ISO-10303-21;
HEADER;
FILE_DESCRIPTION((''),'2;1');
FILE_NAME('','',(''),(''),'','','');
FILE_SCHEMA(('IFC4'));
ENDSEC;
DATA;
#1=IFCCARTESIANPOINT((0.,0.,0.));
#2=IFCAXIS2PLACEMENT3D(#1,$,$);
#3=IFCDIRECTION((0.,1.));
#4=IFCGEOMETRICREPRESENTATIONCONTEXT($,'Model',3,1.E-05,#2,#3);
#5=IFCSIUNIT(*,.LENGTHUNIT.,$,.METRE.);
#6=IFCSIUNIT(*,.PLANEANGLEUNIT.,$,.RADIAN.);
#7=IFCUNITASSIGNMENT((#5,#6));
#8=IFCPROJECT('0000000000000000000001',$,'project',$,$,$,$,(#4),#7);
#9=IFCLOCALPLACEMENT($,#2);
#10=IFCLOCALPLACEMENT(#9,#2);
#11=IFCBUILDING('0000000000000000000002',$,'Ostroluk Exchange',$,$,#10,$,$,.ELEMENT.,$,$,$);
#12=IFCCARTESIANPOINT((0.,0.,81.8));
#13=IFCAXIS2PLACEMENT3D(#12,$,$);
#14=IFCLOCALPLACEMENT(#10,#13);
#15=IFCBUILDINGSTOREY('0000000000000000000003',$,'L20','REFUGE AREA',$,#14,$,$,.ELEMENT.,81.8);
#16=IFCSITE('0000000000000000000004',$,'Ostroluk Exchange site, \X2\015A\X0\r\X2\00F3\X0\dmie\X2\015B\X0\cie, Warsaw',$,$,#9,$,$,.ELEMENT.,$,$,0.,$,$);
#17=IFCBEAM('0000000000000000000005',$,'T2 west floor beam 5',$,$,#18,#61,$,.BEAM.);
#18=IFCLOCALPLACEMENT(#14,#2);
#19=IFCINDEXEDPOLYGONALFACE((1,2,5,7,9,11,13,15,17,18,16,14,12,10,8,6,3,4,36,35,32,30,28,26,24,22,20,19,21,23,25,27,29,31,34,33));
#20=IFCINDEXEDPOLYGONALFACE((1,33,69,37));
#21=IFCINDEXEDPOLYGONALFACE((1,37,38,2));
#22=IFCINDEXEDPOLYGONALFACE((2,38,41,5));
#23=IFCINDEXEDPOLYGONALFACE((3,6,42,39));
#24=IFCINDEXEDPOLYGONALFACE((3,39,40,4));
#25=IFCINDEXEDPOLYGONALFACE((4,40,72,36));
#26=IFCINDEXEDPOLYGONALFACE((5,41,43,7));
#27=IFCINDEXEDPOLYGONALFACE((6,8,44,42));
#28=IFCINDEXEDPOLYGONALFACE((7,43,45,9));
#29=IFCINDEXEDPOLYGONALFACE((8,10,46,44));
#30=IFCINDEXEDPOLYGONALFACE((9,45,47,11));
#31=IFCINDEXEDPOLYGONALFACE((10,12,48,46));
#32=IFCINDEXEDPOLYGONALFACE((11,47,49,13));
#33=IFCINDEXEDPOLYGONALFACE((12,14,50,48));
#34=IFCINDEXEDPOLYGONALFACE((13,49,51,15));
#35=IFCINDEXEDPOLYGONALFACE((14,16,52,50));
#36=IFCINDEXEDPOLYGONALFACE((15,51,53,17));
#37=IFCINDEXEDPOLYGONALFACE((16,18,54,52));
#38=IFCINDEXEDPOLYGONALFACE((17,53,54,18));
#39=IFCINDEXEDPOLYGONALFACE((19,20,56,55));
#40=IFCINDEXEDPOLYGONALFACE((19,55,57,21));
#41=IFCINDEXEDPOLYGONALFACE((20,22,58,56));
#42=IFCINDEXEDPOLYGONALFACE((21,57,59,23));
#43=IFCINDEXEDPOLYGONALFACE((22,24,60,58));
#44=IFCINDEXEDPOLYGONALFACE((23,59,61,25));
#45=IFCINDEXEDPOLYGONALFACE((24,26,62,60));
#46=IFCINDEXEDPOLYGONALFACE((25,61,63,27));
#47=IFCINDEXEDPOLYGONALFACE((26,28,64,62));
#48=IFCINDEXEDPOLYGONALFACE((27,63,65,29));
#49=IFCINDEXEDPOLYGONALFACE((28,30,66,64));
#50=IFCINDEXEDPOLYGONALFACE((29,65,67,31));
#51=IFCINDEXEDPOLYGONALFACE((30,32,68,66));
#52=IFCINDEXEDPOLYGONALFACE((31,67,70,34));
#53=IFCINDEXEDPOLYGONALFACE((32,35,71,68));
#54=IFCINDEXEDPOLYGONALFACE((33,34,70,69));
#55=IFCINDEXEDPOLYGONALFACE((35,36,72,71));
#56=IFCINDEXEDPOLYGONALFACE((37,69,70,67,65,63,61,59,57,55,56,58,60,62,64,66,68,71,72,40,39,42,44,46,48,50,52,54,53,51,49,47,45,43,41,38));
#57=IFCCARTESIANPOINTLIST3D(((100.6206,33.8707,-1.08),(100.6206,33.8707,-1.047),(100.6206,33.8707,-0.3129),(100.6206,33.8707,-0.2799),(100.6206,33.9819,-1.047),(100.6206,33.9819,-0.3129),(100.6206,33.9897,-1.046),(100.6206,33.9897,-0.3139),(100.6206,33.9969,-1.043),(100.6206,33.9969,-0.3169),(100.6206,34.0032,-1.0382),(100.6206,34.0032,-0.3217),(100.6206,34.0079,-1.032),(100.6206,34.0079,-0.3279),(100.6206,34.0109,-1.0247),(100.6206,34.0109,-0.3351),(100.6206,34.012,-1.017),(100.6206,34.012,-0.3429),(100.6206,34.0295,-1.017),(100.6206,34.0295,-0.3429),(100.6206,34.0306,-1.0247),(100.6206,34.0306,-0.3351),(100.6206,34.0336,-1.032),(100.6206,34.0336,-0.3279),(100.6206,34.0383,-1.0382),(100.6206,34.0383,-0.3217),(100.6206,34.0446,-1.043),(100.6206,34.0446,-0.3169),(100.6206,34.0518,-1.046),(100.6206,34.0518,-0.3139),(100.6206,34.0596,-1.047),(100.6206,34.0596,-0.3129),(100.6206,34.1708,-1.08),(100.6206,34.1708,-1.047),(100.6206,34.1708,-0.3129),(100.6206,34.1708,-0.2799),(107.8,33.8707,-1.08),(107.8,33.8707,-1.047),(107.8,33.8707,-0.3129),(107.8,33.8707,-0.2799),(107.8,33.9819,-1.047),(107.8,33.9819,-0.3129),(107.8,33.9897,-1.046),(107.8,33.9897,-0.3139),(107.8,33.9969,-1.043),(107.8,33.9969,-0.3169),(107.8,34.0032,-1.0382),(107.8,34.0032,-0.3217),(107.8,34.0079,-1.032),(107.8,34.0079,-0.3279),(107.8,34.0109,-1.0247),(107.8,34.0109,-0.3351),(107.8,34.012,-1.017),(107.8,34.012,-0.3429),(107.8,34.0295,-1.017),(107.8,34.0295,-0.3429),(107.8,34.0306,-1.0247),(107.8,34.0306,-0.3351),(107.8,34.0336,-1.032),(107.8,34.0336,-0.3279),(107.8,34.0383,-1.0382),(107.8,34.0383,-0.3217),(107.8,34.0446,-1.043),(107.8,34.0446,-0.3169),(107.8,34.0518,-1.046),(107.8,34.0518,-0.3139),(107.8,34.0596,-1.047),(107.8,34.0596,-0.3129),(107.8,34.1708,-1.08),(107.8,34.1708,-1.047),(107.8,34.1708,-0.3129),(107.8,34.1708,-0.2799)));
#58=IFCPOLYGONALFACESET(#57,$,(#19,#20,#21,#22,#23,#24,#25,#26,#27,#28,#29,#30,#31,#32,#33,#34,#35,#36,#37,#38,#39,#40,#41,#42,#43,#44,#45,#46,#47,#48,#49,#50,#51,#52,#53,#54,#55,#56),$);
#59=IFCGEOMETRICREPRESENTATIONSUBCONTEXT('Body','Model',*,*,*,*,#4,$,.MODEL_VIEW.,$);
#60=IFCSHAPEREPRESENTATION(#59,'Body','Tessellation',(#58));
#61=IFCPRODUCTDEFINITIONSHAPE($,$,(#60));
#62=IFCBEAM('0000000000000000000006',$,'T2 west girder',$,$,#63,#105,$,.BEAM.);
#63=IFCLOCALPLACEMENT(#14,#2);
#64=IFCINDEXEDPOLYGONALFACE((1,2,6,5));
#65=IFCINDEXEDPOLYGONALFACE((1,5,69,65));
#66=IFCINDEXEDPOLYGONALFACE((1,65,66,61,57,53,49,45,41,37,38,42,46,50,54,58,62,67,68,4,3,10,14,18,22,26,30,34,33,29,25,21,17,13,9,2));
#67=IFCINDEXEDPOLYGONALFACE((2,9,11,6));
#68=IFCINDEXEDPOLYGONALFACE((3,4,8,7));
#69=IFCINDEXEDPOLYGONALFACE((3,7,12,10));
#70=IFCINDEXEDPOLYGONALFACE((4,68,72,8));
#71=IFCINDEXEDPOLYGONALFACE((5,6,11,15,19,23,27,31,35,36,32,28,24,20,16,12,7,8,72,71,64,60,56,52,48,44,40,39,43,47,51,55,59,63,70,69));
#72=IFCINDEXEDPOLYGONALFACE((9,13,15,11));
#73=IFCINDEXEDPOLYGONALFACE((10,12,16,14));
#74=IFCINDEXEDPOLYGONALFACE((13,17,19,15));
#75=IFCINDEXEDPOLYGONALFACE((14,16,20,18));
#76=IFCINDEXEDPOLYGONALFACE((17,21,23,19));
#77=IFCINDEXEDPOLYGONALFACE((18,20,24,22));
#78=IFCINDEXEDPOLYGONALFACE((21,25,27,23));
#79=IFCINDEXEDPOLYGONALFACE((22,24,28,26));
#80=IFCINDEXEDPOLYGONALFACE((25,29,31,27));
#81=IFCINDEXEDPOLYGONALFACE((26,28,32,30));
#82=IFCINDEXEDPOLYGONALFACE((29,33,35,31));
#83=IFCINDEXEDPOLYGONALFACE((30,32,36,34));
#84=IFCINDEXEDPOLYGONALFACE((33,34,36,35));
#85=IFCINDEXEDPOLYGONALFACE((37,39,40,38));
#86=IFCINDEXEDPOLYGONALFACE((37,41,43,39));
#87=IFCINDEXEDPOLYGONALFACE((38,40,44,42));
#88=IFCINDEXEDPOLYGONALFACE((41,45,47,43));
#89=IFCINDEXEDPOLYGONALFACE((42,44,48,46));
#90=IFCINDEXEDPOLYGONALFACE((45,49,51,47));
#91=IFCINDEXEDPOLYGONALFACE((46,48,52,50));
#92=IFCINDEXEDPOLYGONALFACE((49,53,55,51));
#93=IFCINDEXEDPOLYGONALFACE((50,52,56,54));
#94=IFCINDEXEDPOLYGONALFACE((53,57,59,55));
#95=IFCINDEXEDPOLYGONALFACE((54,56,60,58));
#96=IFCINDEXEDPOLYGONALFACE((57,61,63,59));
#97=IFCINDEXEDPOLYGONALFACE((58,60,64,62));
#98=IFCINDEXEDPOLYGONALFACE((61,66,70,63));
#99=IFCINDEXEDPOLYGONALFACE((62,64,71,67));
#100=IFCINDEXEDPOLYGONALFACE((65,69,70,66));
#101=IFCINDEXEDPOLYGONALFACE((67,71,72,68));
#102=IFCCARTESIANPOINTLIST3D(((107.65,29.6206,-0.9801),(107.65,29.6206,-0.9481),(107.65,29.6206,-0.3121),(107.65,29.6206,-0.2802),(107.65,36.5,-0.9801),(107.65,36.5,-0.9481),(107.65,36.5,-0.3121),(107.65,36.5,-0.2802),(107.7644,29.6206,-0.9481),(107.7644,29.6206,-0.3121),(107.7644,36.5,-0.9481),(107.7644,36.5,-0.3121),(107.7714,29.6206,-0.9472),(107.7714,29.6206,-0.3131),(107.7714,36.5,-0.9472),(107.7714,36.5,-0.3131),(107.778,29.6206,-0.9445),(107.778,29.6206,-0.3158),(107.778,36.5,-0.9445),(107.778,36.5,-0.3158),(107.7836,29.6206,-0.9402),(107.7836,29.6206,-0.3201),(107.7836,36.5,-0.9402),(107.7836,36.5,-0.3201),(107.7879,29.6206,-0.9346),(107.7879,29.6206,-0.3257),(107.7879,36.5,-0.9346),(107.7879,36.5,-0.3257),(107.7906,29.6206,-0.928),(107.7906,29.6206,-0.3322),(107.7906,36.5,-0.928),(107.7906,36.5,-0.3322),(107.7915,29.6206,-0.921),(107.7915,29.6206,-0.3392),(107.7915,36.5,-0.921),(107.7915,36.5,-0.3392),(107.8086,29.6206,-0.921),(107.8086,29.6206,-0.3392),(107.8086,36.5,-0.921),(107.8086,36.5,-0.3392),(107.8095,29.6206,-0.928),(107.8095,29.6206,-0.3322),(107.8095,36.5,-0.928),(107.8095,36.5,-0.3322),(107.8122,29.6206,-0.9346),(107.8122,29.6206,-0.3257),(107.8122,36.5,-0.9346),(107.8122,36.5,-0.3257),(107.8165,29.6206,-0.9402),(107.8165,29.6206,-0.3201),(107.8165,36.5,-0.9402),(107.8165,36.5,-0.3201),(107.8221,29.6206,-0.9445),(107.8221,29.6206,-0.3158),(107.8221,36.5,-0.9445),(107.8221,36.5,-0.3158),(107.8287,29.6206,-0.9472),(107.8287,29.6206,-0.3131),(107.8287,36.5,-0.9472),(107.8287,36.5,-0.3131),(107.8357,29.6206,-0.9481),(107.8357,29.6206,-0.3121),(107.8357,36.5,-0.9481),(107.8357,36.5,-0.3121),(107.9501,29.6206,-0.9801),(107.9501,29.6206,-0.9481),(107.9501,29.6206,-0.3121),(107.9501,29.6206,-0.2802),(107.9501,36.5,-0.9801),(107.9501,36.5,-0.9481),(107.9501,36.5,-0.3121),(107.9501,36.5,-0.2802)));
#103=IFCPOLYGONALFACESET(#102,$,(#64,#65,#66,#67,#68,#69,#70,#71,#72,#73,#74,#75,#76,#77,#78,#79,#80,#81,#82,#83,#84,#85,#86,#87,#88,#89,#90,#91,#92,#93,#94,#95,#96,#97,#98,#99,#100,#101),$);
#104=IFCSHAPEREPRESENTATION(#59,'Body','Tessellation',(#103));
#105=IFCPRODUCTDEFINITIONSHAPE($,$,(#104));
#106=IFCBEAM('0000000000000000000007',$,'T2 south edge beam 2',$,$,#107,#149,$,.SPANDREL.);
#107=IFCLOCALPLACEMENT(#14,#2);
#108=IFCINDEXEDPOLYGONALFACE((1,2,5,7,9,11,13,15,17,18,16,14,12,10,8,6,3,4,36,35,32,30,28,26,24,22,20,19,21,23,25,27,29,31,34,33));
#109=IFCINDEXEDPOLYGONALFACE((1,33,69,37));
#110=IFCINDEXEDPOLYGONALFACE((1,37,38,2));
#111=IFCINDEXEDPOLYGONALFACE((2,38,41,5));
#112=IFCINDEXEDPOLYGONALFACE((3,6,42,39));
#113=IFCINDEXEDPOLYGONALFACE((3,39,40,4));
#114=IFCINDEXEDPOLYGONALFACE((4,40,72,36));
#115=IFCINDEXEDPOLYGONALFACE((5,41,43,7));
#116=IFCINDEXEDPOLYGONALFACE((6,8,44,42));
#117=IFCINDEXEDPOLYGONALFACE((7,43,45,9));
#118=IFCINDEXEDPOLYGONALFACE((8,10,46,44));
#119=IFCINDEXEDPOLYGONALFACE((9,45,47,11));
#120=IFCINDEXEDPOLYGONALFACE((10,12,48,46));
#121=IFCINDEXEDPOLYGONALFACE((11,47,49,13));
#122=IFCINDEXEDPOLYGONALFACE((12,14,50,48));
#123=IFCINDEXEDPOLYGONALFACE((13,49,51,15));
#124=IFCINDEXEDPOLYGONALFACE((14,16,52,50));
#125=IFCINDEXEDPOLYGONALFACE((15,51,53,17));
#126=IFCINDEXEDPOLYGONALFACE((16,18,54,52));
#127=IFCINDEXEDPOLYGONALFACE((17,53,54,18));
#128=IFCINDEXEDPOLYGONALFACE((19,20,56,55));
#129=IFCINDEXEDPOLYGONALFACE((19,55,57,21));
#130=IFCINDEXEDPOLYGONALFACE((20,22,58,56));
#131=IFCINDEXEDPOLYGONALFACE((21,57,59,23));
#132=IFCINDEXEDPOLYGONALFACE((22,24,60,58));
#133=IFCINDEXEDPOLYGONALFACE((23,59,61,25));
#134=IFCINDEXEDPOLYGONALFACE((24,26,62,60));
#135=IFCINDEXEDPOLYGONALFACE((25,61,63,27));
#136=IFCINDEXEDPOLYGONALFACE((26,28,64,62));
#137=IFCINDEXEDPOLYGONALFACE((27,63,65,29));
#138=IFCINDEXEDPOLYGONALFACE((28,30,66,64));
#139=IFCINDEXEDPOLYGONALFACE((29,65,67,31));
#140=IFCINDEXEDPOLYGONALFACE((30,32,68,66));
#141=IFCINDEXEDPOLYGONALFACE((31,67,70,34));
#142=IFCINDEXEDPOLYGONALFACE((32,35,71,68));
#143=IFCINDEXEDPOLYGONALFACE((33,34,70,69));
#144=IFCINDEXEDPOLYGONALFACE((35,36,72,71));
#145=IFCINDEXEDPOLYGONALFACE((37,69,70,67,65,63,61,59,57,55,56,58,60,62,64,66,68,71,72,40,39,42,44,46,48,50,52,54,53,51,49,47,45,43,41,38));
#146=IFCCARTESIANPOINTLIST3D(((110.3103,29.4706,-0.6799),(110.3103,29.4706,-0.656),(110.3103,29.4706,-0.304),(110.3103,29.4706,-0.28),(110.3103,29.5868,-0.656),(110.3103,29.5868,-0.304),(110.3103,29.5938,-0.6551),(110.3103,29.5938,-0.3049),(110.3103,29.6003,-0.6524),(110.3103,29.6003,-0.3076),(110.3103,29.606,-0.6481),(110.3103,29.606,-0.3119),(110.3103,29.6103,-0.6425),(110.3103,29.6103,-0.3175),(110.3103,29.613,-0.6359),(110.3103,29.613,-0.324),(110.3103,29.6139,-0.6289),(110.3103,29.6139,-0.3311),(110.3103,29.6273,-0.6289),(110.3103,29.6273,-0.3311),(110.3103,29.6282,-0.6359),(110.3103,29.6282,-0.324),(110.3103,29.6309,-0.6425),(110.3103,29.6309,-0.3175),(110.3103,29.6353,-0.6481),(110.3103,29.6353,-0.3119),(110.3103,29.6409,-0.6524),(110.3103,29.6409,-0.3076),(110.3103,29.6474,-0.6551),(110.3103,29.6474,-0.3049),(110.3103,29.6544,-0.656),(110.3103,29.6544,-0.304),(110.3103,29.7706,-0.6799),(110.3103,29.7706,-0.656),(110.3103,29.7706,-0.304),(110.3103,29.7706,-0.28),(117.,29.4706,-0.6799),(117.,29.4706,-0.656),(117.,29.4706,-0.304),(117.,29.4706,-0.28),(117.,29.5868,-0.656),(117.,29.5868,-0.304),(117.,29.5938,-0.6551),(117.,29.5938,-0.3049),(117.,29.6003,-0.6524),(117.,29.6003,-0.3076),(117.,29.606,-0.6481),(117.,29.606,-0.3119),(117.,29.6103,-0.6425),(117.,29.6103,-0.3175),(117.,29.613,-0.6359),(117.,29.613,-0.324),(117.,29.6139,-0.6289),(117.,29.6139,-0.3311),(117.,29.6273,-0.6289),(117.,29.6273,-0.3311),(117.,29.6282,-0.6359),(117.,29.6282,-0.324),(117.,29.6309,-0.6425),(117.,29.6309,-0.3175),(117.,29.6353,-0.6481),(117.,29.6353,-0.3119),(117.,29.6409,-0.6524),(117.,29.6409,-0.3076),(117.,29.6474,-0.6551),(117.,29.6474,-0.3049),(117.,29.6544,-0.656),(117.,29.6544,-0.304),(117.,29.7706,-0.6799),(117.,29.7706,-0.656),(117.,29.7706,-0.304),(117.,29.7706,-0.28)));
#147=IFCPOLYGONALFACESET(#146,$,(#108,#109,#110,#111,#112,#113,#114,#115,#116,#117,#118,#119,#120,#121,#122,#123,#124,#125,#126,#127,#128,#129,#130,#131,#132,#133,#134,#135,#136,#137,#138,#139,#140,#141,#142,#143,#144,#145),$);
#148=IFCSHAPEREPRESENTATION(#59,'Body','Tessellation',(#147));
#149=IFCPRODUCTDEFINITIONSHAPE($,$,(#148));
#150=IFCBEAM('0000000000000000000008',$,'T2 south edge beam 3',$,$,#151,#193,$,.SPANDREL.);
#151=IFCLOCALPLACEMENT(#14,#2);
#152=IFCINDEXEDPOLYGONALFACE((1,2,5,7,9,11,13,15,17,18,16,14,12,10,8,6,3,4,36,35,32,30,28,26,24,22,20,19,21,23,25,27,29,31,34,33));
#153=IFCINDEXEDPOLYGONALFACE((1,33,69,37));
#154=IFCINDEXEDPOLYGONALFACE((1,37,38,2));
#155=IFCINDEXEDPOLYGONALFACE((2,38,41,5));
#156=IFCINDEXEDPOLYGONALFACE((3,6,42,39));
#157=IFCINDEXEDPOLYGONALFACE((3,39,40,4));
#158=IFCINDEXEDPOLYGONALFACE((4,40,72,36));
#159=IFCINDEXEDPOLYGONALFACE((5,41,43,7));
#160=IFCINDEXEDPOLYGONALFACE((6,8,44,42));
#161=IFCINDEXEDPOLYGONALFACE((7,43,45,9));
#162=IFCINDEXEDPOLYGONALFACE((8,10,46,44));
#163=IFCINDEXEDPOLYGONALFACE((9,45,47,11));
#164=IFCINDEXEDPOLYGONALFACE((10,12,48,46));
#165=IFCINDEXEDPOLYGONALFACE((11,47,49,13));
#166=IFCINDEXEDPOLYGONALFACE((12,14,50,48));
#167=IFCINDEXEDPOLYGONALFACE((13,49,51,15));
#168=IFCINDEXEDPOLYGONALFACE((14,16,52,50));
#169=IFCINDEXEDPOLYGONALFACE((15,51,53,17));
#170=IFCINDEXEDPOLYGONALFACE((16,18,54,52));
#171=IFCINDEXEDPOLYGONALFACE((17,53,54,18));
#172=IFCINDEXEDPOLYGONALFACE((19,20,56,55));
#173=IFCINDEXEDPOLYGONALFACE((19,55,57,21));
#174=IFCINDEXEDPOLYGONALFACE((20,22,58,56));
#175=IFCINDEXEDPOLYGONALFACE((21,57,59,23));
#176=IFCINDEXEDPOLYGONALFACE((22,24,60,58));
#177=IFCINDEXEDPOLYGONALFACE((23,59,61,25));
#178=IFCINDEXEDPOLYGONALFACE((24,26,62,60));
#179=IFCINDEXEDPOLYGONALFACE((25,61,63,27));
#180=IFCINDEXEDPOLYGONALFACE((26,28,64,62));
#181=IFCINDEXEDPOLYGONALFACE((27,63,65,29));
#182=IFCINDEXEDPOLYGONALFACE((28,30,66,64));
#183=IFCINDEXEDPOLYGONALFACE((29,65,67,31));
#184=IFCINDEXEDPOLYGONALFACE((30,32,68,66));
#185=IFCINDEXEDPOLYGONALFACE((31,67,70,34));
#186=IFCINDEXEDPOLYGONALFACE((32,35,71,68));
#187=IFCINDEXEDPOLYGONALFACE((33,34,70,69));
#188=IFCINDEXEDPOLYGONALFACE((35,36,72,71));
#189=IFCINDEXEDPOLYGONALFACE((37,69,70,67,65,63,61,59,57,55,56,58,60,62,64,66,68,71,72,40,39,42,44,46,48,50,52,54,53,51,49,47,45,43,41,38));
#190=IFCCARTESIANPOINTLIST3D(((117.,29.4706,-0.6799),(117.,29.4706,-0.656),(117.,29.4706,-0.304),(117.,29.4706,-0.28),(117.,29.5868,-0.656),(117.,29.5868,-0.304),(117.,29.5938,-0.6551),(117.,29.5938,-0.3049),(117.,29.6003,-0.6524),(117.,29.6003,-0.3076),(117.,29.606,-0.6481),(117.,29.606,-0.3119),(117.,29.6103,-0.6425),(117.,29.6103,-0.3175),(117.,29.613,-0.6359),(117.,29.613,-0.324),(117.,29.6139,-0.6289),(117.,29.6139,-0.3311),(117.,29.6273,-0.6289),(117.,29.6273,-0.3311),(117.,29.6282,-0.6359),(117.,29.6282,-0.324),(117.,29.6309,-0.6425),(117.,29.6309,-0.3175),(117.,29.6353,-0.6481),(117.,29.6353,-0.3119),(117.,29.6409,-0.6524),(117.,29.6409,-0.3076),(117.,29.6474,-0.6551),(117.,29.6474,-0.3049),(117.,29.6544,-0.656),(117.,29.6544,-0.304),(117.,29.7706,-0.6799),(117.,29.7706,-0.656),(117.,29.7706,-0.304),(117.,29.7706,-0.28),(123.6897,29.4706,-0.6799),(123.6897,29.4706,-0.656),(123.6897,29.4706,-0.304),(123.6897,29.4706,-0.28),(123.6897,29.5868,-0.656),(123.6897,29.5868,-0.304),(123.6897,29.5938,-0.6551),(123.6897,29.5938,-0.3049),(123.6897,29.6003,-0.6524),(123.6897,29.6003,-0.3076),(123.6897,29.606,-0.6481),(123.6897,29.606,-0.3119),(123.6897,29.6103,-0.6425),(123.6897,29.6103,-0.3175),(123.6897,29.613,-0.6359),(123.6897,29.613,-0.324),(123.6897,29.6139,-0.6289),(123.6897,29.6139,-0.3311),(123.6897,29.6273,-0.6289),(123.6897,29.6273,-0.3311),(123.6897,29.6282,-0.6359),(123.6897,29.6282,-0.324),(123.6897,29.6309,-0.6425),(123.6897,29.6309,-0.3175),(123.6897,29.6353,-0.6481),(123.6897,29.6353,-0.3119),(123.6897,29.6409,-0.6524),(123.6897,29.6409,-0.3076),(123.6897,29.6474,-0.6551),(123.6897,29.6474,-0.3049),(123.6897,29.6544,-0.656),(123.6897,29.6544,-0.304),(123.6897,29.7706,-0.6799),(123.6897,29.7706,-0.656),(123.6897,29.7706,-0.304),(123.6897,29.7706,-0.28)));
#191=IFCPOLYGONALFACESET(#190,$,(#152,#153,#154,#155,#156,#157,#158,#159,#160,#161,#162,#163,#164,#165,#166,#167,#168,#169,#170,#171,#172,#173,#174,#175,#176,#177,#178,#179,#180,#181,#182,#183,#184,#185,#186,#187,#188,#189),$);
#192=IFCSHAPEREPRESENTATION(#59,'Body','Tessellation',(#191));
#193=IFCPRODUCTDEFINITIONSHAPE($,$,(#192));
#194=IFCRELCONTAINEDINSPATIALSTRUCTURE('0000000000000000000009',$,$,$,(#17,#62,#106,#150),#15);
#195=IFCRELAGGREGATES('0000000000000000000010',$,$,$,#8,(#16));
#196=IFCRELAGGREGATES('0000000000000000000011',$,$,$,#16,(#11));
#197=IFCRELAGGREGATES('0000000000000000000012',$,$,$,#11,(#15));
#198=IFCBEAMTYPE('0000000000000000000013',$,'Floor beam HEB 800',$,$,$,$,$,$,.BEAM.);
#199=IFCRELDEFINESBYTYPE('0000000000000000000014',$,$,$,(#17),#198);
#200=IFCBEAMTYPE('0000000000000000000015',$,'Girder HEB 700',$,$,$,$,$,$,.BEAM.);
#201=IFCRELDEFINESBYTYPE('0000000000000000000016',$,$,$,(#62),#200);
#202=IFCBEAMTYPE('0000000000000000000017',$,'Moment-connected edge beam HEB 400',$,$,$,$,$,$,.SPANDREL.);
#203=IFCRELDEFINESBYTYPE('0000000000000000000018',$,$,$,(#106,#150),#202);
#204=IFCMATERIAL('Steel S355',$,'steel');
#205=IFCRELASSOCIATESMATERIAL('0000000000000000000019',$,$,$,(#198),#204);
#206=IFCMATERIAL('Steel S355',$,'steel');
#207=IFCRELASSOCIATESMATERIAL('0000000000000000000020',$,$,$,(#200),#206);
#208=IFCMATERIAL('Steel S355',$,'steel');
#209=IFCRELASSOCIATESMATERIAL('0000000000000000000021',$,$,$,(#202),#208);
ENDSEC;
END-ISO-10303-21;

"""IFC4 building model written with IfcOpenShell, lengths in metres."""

from ifc_helpers import new_model, si_unit, direction, frame, origin, origin_2d, place, context, subcontext, project, spatial, i_section, extrude, material, material_profile, profile_set, type_object, element, save


model = new_model("IFC4")

# Units and contexts
model_context = context("Model", 3, precision=1e-05, world=origin(), true_north=direction((0.0, 1.0)))
body_context = subcontext(model_context, "Body", "Model", "MODEL_VIEW")
ifc_project = project(units=[si_unit("LENGTHUNIT", "METRE"), si_unit("PLANEANGLEUNIT", "RADIAN")], contexts=[model_context])

# Site, building, storey
site_placement = place(None, origin())
site = spatial("IfcSite", under=ifc_project, at=site_placement, Name="Ostroluk Exchange site, Śródmieście, Warsaw", CompositionType="ELEMENT", RefElevation=0.0)
building_placement = place(site_placement, origin())
building = spatial("IfcBuilding", under=site, at=building_placement, Name="Ostroluk Exchange", CompositionType="ELEMENT")
storey_placement = place(building_placement, frame((0.0, 0.0, 81.8)))
storey = spatial("IfcBuildingStorey", under=building, at=storey_placement, Name="L20", Description="REFUGE AREA", CompositionType="ELEMENT", Elevation=81.8)

# Beams
ifc_material_1 = material(Name="Steel S355", Category="steel")
ifc_material_profile_1 = material_profile(ifc_material_1, i_section(OverallWidth=0.3, OverallDepth=0.8, WebThickness=0.0176, FlangeThickness=0.033, FilletRadius=0.03, at=origin_2d()), Name="HEB 800")
ifc_profile_set_1 = profile_set([ifc_material_profile_1], Name="Steel S355")
beam_type_1 = type_object("IfcBeamType", Name="Floor beam HEB 800", PredefinedType="BEAM", material=ifc_profile_set_1)
beam_1_placement = place(storey_placement, frame((107.8, 34.0208, -0.6799), z_axis=(-1.0, 0.0, 0.0), x_axis=(0.0, -1.0, 0.0)))
element("IfcBeam", 1, at=beam_1_placement, inside=storey, type_object=beam_type_1, Name="T2 west floor beam 5", PredefinedType="BEAM", context=body_context, shape_type="SweptSolid", body=[
    extrude(i_section(OverallWidth=0.3, OverallDepth=0.8, WebThickness=0.0176, FlangeThickness=0.033, FilletRadius=0.03, at=origin_2d()), origin(), (0.0, 0.0, 1.0), 7.1794),
])
ifc_material_2 = material(Name="Steel S355", Category="steel")
ifc_material_profile_2 = material_profile(ifc_material_2, i_section(OverallWidth=0.3, OverallDepth=0.7, WebThickness=0.0171, FlangeThickness=0.032, FilletRadius=0.0271, at=origin_2d()), Name="HEB 700")
ifc_profile_set_2 = profile_set([ifc_material_profile_2], Name="Steel S355")
beam_type_2 = type_object("IfcBeamType", Name="Girder HEB 700", PredefinedType="BEAM", material=ifc_profile_set_2)
beam_2_placement = place(storey_placement, frame((107.8, 36.5, -0.6301), z_axis=(0.0, -1.0, 0.0), x_axis=(1.0, 0.0, 0.0)))
element("IfcBeam", 2, at=beam_2_placement, inside=storey, type_object=beam_type_2, Name="T2 west girder", PredefinedType="BEAM", context=body_context, shape_type="SweptSolid", body=[
    extrude(i_section(OverallWidth=0.3, OverallDepth=0.7, WebThickness=0.0171, FlangeThickness=0.032, FilletRadius=0.0271, at=origin_2d()), origin(), (0.0, 0.0, 1.0), 6.8794),
])
ifc_material_3 = material(Name="Steel S355", Category="steel")
ifc_material_profile_3 = material_profile(ifc_material_3, i_section(OverallWidth=0.3, OverallDepth=0.3999, WebThickness=0.0134, FlangeThickness=0.0239, FilletRadius=0.0271, at=origin_2d()), Name="HEB 400")
ifc_profile_set_3 = profile_set([ifc_material_profile_3], Name="Steel S355")
beam_type_3 = type_object("IfcBeamType", Name="Moment-connected edge beam HEB 400", PredefinedType="SPANDREL", material=ifc_profile_set_3)
for number, where, z_axis, x_axis, name in (
    (3, (110.3103, 29.6206, -0.48), (1.0, 0.0, 0.0), (0.0, 1.0, 0.0), "T2 south edge beam 2"),
    (4, (117.0, 29.6206, -0.48), (1.0, 0.0, 0.0), (0.0, 1.0, 0.0), "T2 south edge beam 3"),
):
    element("IfcBeam", number, at=place(storey_placement, frame(where, z_axis=z_axis, x_axis=x_axis)), inside=storey, type_object=beam_type_3, Name=name, PredefinedType="SPANDREL", context=body_context, shape_type="SweptSolid", body=[
        extrude(i_section(OverallWidth=0.3, OverallDepth=0.3999, WebThickness=0.0134, FlangeThickness=0.0239, FilletRadius=0.0271, at=origin_2d()), origin(), (0.0, 0.0, 1.0), 6.6897),
    ])

save(model, "model.ifc")
